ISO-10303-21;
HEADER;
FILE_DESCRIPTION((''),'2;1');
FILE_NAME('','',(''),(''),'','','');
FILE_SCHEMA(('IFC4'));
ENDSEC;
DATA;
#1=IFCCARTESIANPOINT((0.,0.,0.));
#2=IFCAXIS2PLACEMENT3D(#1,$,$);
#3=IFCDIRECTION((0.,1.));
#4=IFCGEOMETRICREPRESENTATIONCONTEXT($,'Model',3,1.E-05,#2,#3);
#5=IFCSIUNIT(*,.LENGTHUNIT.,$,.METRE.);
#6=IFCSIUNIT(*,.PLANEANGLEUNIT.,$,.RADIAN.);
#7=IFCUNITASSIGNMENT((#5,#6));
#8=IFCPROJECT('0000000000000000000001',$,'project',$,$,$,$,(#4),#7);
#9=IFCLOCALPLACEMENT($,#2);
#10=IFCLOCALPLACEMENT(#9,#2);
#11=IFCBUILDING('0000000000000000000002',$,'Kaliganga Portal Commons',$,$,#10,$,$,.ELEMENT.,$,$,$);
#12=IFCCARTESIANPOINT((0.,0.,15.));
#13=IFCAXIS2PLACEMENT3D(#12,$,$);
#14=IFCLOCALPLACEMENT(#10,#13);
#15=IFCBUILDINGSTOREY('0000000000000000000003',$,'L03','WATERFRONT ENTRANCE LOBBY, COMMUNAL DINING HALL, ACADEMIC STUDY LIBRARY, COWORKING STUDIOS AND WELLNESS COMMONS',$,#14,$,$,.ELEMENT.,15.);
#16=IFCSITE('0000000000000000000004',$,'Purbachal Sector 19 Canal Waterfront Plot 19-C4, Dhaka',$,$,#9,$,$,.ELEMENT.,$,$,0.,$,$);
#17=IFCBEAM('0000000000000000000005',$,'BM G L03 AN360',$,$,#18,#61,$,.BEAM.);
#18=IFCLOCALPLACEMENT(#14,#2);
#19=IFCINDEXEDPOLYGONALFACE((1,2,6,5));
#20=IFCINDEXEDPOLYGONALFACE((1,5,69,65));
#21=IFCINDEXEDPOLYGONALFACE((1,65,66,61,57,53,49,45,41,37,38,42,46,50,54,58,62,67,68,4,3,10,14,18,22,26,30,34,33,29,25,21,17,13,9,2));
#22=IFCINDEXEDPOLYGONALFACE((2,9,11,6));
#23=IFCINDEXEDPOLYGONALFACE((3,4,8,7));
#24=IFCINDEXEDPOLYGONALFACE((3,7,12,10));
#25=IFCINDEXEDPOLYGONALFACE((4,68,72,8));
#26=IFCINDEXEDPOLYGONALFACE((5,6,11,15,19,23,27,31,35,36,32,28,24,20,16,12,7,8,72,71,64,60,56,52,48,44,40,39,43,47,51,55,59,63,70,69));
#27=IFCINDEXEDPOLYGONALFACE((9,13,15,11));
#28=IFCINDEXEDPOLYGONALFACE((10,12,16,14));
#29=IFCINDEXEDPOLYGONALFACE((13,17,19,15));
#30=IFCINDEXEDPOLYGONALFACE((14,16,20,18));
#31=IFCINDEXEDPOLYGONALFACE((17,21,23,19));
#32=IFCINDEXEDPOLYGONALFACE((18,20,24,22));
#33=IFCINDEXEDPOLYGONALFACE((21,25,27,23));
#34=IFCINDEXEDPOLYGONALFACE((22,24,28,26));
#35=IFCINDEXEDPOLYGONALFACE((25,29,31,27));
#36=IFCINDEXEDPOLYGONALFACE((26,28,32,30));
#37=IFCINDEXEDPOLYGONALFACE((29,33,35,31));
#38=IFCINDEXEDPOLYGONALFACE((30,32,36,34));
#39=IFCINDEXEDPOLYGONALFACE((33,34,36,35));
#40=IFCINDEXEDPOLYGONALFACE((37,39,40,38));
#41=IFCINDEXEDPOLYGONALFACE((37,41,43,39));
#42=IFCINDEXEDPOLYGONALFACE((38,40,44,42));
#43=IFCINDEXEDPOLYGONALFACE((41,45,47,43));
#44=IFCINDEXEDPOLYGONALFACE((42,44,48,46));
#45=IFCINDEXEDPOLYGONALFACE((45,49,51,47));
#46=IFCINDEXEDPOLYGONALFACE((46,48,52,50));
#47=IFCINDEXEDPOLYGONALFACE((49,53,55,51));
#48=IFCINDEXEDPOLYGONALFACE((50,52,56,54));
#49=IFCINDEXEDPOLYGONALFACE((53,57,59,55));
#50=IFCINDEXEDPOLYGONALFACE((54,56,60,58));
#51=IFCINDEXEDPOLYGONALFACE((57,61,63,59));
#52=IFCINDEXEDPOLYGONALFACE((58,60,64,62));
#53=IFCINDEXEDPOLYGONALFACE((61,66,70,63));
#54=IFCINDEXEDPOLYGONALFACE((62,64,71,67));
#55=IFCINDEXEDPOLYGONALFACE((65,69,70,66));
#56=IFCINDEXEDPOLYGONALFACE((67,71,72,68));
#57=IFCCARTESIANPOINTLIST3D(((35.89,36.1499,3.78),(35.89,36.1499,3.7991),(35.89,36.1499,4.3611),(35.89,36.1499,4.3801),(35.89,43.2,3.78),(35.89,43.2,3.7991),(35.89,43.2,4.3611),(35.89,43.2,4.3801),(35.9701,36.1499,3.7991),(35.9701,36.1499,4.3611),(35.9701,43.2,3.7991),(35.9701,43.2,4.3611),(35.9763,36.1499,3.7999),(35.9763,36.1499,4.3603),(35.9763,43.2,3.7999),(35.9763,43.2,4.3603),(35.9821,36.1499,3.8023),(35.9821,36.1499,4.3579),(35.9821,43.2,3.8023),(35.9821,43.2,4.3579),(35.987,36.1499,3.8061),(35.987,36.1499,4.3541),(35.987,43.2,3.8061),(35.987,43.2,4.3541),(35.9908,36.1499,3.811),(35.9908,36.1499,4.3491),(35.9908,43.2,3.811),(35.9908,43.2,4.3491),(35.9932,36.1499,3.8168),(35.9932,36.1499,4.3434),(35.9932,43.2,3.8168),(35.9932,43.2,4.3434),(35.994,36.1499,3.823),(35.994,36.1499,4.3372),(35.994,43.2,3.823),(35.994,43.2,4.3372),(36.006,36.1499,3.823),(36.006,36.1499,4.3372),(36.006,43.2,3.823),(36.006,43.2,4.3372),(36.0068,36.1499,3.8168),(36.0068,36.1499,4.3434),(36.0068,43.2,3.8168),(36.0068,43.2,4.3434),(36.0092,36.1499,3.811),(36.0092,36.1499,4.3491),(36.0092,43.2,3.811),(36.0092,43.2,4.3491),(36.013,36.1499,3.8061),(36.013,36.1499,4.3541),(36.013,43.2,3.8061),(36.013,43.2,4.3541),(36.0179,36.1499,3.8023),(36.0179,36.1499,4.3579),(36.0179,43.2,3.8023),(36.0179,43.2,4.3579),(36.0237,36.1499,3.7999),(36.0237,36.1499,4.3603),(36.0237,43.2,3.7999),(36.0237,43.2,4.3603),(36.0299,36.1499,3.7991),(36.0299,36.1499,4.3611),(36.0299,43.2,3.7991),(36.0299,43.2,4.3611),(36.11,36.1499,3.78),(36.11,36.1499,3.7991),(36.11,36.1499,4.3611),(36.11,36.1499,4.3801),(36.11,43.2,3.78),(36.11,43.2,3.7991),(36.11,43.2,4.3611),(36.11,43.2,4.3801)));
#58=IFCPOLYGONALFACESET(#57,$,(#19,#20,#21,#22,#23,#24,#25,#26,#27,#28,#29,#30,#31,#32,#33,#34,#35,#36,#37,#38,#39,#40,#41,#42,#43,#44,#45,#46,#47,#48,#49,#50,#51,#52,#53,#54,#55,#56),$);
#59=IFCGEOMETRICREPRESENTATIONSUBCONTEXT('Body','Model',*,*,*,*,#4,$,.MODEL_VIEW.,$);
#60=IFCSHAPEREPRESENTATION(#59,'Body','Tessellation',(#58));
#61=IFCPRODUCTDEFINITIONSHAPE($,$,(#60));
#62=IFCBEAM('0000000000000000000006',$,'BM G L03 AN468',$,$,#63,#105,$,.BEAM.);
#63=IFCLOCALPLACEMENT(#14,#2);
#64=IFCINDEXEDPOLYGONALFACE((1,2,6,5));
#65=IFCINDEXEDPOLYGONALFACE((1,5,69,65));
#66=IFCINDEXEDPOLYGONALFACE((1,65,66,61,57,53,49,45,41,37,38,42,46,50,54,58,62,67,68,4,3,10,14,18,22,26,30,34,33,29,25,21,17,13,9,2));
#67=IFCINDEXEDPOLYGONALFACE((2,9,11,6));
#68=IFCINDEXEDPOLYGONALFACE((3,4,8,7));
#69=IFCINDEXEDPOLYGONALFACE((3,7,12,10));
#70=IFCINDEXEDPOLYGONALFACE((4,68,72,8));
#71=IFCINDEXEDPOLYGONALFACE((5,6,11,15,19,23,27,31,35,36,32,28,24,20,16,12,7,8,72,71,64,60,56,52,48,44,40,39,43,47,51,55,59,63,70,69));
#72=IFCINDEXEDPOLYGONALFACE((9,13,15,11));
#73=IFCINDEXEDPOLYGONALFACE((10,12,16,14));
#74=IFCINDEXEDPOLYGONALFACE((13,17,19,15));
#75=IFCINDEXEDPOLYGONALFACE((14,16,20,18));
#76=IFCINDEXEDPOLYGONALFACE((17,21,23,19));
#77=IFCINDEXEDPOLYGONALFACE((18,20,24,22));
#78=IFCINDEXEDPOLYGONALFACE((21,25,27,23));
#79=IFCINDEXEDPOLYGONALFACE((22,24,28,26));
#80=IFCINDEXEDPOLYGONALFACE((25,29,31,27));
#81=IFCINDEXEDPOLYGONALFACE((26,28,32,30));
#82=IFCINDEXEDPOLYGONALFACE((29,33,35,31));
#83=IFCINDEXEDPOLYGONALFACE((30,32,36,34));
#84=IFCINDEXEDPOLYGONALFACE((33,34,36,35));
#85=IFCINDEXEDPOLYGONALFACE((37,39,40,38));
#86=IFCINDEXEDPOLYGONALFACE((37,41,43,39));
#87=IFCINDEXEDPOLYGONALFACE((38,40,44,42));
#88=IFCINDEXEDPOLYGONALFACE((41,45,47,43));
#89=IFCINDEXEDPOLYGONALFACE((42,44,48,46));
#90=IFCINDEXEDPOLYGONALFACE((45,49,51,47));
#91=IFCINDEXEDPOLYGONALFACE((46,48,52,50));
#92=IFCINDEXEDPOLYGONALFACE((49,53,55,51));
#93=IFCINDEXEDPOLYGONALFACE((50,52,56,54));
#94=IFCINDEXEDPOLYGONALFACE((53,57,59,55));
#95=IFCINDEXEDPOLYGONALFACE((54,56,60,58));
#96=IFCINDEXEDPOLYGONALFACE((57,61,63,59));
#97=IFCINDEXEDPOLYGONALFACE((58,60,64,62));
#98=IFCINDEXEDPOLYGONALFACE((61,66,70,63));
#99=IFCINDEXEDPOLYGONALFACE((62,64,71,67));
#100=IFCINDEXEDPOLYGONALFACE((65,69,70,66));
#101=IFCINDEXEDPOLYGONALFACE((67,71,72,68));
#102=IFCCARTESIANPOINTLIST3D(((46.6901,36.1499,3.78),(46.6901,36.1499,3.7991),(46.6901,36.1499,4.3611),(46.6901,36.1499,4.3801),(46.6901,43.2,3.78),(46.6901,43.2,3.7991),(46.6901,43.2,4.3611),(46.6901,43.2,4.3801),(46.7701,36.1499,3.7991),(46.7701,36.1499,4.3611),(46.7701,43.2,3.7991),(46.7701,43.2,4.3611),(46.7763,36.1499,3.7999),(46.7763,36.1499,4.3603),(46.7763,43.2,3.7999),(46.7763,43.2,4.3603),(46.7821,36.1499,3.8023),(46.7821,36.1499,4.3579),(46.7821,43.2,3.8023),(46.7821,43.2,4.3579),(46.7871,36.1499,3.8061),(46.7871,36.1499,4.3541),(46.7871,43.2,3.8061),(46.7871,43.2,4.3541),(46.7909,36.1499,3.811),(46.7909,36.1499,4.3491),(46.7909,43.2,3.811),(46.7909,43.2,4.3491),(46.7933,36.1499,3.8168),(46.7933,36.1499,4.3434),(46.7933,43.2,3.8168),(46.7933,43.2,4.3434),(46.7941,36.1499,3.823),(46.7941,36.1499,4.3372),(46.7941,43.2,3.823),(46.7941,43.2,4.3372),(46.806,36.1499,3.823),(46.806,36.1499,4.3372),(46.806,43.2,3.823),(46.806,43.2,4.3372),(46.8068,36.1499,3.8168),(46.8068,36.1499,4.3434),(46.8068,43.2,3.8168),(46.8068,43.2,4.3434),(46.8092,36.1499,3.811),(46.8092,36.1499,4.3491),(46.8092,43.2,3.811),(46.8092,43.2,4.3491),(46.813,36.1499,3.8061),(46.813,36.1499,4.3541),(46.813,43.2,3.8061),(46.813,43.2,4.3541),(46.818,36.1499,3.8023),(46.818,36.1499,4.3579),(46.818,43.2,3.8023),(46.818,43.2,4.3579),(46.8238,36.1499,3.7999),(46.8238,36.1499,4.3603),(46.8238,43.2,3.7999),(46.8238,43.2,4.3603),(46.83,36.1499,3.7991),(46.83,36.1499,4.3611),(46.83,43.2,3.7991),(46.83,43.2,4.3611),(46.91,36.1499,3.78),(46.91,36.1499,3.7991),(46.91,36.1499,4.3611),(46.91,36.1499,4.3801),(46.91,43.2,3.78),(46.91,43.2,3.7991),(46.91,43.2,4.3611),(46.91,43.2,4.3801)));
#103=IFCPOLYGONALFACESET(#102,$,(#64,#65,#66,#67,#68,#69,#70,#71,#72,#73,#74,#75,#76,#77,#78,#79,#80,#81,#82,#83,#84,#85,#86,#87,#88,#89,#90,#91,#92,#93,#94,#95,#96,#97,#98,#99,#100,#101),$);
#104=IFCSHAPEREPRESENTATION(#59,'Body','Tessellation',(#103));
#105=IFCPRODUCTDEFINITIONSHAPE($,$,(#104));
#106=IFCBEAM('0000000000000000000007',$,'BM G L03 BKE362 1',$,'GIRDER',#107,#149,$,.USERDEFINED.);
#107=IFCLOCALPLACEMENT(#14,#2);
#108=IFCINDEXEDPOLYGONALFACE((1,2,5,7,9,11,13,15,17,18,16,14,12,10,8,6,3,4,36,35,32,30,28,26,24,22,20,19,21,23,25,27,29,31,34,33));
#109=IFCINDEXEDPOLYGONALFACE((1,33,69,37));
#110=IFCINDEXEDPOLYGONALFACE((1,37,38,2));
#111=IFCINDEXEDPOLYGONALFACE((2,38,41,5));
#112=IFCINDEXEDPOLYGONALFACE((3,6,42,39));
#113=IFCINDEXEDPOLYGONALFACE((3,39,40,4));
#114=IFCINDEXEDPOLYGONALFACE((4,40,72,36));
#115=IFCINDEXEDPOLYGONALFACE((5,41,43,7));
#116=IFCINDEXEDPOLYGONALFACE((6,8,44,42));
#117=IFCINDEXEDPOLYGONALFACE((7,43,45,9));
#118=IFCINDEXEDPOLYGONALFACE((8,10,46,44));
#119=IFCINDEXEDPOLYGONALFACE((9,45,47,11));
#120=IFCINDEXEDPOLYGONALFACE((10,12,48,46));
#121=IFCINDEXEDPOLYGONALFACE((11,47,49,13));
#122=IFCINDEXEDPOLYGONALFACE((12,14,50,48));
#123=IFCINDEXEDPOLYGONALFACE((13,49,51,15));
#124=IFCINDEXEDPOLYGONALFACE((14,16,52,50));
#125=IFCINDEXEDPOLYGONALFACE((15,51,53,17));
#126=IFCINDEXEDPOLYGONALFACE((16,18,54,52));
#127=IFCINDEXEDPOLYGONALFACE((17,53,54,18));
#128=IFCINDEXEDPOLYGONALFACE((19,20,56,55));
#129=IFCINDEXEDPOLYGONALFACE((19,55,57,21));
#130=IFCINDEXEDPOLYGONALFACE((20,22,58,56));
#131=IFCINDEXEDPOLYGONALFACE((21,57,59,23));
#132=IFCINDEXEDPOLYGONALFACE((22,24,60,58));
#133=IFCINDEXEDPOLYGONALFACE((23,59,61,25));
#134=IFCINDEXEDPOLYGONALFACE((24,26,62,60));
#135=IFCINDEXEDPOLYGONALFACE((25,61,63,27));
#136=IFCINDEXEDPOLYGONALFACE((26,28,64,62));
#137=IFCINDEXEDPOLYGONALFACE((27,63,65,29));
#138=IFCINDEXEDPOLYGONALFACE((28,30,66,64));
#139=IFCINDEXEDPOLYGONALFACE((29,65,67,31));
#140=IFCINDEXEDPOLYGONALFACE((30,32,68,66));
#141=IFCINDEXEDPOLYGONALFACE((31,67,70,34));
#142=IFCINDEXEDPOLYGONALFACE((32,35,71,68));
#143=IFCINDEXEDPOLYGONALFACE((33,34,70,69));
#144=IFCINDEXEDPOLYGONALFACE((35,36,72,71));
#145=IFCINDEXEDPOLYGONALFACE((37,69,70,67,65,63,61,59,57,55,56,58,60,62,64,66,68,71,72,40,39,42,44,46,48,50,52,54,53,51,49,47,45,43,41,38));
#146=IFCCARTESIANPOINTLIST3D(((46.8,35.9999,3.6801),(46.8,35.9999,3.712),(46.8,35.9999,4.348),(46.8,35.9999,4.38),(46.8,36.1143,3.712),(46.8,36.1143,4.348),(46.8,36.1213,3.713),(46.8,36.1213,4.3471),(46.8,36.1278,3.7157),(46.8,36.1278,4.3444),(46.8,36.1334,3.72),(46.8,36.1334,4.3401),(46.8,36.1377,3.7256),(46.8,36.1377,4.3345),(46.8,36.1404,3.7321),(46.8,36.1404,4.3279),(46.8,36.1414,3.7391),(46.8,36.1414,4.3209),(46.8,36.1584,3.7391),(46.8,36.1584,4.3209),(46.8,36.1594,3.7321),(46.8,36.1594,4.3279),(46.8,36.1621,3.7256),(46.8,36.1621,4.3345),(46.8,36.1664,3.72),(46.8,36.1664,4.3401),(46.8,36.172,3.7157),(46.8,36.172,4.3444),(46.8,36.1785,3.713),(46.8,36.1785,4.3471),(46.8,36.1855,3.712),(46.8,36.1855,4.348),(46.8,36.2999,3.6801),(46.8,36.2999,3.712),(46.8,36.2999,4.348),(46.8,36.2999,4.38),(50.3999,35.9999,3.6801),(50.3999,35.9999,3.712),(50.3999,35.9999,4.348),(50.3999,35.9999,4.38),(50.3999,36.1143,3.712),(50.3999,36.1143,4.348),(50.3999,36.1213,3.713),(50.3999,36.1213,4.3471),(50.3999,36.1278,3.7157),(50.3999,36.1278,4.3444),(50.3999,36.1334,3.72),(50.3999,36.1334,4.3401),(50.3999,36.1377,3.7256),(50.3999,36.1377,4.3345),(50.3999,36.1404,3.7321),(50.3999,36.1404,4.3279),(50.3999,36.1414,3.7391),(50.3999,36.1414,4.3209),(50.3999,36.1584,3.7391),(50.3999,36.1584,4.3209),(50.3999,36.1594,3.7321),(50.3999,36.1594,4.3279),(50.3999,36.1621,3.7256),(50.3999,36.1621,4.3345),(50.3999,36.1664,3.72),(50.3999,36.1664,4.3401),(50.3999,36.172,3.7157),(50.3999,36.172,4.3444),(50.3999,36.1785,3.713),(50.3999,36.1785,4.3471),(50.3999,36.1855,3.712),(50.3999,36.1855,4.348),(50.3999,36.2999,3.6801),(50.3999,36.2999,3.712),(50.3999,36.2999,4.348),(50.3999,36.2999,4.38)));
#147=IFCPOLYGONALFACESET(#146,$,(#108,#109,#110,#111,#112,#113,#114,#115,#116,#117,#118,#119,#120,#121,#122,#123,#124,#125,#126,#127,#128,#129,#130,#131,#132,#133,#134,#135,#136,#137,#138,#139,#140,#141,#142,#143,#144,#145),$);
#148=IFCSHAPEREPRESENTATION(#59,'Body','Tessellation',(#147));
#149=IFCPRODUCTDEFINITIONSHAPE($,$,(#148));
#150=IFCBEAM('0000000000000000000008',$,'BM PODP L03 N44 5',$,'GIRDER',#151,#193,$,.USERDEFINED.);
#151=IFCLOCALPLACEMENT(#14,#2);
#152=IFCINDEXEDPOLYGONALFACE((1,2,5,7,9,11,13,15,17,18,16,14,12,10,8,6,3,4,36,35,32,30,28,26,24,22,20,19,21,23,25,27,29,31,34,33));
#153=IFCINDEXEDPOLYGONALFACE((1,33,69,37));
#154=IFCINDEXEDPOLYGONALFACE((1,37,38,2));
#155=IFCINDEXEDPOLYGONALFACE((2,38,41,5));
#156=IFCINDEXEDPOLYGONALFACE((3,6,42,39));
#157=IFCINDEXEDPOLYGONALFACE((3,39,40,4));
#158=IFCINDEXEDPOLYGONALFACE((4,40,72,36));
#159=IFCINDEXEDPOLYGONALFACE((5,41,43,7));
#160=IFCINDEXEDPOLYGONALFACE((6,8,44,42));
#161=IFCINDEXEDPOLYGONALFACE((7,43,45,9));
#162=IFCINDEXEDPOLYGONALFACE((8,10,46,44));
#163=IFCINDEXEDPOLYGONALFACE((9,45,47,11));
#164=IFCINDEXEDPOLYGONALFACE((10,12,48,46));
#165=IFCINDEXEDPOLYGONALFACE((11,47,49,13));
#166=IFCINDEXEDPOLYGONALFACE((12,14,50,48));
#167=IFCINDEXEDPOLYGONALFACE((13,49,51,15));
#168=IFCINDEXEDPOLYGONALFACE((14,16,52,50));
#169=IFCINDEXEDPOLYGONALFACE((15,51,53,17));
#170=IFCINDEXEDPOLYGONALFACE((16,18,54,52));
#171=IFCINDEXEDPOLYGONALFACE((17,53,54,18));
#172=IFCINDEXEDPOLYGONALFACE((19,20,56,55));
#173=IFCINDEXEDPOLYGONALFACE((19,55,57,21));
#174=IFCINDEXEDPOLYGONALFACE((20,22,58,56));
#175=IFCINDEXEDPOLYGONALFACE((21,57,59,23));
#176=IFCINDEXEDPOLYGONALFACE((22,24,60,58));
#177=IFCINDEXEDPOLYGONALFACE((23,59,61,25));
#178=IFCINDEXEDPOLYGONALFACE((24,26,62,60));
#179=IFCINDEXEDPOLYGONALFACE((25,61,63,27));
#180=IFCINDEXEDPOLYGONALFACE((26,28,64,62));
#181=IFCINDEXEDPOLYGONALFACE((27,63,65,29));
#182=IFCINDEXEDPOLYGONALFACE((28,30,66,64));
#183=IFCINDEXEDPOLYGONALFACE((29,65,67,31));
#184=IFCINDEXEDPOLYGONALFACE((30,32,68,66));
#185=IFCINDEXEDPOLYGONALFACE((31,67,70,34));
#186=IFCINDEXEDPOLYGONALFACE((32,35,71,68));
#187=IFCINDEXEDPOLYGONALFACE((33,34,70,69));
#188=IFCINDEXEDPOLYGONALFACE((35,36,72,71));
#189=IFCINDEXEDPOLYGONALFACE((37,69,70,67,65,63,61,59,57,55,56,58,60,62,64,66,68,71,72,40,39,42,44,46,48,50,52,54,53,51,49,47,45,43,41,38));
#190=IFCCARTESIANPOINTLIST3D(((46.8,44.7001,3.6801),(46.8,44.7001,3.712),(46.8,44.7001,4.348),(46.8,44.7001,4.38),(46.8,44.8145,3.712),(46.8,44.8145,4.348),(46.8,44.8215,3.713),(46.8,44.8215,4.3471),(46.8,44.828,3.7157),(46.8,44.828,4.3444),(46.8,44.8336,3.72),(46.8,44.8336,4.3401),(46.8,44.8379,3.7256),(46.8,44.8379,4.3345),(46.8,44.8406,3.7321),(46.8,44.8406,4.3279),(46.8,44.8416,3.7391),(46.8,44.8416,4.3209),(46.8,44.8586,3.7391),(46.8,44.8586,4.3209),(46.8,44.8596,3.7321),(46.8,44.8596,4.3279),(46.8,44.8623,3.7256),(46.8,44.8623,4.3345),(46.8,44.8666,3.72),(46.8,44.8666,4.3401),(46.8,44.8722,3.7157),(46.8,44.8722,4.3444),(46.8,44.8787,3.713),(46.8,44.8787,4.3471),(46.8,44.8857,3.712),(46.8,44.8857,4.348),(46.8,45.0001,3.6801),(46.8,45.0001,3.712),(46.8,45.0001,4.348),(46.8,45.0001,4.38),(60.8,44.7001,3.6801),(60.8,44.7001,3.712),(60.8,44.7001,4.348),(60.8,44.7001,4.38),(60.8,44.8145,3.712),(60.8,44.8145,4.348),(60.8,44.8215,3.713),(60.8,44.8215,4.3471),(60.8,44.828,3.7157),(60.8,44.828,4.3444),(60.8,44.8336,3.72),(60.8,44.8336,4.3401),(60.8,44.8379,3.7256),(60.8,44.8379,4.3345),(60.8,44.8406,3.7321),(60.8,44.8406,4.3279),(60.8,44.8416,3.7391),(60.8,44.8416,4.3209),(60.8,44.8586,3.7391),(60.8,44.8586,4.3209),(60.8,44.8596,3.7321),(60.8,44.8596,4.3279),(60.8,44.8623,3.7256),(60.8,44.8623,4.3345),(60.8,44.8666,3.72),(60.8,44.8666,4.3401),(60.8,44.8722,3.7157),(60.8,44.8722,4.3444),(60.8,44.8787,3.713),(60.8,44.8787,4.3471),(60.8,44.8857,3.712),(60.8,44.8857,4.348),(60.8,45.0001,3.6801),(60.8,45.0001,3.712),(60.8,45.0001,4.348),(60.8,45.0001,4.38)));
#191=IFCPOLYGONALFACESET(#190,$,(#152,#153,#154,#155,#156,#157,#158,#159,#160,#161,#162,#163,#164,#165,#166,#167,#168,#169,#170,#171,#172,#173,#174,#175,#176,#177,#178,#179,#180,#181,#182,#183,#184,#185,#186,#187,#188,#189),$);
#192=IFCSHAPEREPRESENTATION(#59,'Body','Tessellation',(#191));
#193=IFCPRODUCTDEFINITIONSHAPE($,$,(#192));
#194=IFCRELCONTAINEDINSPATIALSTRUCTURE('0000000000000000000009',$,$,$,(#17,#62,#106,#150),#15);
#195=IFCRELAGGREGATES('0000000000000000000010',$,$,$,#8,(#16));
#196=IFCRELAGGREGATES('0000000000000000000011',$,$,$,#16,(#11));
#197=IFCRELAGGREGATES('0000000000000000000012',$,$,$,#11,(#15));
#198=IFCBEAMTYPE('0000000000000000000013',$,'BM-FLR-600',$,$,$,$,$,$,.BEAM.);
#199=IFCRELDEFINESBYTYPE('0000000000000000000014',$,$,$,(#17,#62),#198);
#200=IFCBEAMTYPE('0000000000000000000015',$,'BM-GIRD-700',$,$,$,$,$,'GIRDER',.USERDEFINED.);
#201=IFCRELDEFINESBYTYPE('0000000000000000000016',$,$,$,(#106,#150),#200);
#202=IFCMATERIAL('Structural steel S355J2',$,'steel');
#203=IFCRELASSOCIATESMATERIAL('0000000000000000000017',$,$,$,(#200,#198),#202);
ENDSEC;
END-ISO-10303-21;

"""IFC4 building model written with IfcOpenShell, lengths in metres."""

from ifc_helpers import new_model, si_unit, direction, frame, origin, origin_2d, place, context, subcontext, project, spatial, i_section, extrude, source, transform, mapped, material, material_profile, profile_set, type_object, element, save


model = new_model("IFC4")

# Units and contexts
model_context = context("Model", 3, precision=1e-05, world=origin(), true_north=direction((0.0, 1.0)))
body_context = subcontext(model_context, "Body", "Model", "MODEL_VIEW")
ifc_project = project(units=[si_unit("LENGTHUNIT", "METRE"), si_unit("PLANEANGLEUNIT", "RADIAN")], contexts=[model_context])

# Site, building, storey
site_placement = place(None, origin())
site = spatial("IfcSite", under=ifc_project, at=site_placement, Name="Purbachal Sector 19 Canal Waterfront Plot 19-C4, Dhaka", CompositionType="ELEMENT", RefElevation=0.0)
building_placement = place(site_placement, origin())
building = spatial("IfcBuilding", under=site, at=building_placement, Name="Kaliganga Portal Commons", CompositionType="ELEMENT")
storey_placement = place(building_placement, frame((0.0, 0.0, 15.0)))
storey = spatial("IfcBuildingStorey", under=building, at=storey_placement, Name="L03", Description="WATERFRONT ENTRANCE LOBBY, COMMUNAL DINING HALL, ACADEMIC STUDY LIBRARY, COWORKING STUDIOS AND WELLNESS COMMONS", CompositionType="ELEMENT", Elevation=15.0)

# Beams
ifc_material_1 = material(Name="Structural steel S355J2", Category="steel")
ifc_material_profile_1 = material_profile(ifc_material_1, i_section(OverallWidth=0.3, OverallDepth=0.7, WebThickness=0.0171, FlangeThickness=0.032, FilletRadius=0.0271, at=origin_2d()), Name="HE 700 B")
ifc_profile_set_1 = profile_set([ifc_material_profile_1], Name="Structural steel S355J2 wide-flange")
beam_type_1 = type_object("IfcBeamType", Name="BM-GIRD-700", ElementType="GIRDER", PredefinedType="USERDEFINED", material=ifc_profile_set_1)
ifc_material_profile_2 = material_profile(ifc_material_1, i_section(OverallWidth=0.22, OverallDepth=0.6001, WebThickness=0.012, FlangeThickness=0.019, FilletRadius=0.0239, at=origin_2d()), Name="IPE 600")
ifc_profile_set_2 = profile_set([ifc_material_profile_2], Name="Structural steel S355J2 wide-flange")
beam_type_2 = type_object("IfcBeamType", Name="BM-FLR-600", PredefinedType="BEAM", material=ifc_profile_set_2)
shared_shape_1 = source(origin(), body_context, "Body", "SweptSolid", [
    extrude(i_section(OverallWidth=0.22, OverallDepth=0.6001, WebThickness=0.012, FlangeThickness=0.019, FilletRadius=0.0239, at=origin_2d()), origin(), (0.0, 0.0, 1.0), 7.05),
])
for number, where, z_axis, x_axis, name in (
    (1, (36.0, 36.1499, 4.0801), (0.0, 1.0, 0.0), (-1.0, 0.0, 0.0), "BM G L03 AN360"),
    (2, (46.8, 36.1499, 4.0801), (0.0, 1.0, 0.0), (-1.0, 0.0, 0.0), "BM G L03 AN468"),
):
    element("IfcBeam", number, at=place(storey_placement, frame(where, z_axis=z_axis, x_axis=x_axis)), inside=storey, type_object=beam_type_2, Name=name, PredefinedType="BEAM", context=body_context, shape_type="MappedRepresentation", body=[
        mapped(shared_shape_1, transform((0.0, 0.0, 0.0), x_axis=(1.0, 0.0, 0.0), y_axis=(0.0, 1.0, 0.0), z_axis=(0.0, 0.0, 1.0), scale=1.0)),
    ])
shared_shape_2 = source(origin(), body_context, "Body", "SweptSolid", [
    extrude(i_section(OverallWidth=0.3, OverallDepth=0.7, WebThickness=0.0171, FlangeThickness=0.032, FilletRadius=0.0271, at=origin_2d()), origin(), (0.0, 0.0, 1.0), 3.5999),
])
beam_1_placement = place(storey_placement, frame((46.8, 36.1499, 4.03), z_axis=(1.0, 0.0, 0.0), x_axis=(0.0, 1.0, 0.0)))
element("IfcBeam", 3, at=beam_1_placement, inside=storey, type_object=beam_type_1, Name="BM G L03 BKE362 1", ObjectType="GIRDER", PredefinedType="USERDEFINED", context=body_context, shape_type="MappedRepresentation", body=[
    mapped(shared_shape_2, transform((0.0, 0.0, 0.0), x_axis=(1.0, 0.0, 0.0), y_axis=(0.0, 1.0, 0.0), z_axis=(0.0, 0.0, 1.0), scale=1.0)),
])
shared_shape_3 = source(origin(), body_context, "Body", "SweptSolid", [
    extrude(i_section(OverallWidth=0.3, OverallDepth=0.7, WebThickness=0.0171, FlangeThickness=0.032, FilletRadius=0.0271, at=origin_2d()), origin(), (0.0, 0.0, 1.0), 14.0),
])
beam_2_placement = place(storey_placement, frame((46.8, 44.8501, 4.03), z_axis=(1.0, 0.0, 0.0), x_axis=(0.0, 1.0, 0.0)))
element("IfcBeam", 4, at=beam_2_placement, inside=storey, type_object=beam_type_1, Name="BM PODP L03 N44 5", ObjectType="GIRDER", PredefinedType="USERDEFINED", context=body_context, shape_type="MappedRepresentation", body=[
    mapped(shared_shape_3, transform((0.0, 0.0, 0.0), x_axis=(1.0, 0.0, 0.0), y_axis=(0.0, 1.0, 0.0), z_axis=(0.0, 0.0, 1.0), scale=1.0)),
])

save(model, "model.ifc")
